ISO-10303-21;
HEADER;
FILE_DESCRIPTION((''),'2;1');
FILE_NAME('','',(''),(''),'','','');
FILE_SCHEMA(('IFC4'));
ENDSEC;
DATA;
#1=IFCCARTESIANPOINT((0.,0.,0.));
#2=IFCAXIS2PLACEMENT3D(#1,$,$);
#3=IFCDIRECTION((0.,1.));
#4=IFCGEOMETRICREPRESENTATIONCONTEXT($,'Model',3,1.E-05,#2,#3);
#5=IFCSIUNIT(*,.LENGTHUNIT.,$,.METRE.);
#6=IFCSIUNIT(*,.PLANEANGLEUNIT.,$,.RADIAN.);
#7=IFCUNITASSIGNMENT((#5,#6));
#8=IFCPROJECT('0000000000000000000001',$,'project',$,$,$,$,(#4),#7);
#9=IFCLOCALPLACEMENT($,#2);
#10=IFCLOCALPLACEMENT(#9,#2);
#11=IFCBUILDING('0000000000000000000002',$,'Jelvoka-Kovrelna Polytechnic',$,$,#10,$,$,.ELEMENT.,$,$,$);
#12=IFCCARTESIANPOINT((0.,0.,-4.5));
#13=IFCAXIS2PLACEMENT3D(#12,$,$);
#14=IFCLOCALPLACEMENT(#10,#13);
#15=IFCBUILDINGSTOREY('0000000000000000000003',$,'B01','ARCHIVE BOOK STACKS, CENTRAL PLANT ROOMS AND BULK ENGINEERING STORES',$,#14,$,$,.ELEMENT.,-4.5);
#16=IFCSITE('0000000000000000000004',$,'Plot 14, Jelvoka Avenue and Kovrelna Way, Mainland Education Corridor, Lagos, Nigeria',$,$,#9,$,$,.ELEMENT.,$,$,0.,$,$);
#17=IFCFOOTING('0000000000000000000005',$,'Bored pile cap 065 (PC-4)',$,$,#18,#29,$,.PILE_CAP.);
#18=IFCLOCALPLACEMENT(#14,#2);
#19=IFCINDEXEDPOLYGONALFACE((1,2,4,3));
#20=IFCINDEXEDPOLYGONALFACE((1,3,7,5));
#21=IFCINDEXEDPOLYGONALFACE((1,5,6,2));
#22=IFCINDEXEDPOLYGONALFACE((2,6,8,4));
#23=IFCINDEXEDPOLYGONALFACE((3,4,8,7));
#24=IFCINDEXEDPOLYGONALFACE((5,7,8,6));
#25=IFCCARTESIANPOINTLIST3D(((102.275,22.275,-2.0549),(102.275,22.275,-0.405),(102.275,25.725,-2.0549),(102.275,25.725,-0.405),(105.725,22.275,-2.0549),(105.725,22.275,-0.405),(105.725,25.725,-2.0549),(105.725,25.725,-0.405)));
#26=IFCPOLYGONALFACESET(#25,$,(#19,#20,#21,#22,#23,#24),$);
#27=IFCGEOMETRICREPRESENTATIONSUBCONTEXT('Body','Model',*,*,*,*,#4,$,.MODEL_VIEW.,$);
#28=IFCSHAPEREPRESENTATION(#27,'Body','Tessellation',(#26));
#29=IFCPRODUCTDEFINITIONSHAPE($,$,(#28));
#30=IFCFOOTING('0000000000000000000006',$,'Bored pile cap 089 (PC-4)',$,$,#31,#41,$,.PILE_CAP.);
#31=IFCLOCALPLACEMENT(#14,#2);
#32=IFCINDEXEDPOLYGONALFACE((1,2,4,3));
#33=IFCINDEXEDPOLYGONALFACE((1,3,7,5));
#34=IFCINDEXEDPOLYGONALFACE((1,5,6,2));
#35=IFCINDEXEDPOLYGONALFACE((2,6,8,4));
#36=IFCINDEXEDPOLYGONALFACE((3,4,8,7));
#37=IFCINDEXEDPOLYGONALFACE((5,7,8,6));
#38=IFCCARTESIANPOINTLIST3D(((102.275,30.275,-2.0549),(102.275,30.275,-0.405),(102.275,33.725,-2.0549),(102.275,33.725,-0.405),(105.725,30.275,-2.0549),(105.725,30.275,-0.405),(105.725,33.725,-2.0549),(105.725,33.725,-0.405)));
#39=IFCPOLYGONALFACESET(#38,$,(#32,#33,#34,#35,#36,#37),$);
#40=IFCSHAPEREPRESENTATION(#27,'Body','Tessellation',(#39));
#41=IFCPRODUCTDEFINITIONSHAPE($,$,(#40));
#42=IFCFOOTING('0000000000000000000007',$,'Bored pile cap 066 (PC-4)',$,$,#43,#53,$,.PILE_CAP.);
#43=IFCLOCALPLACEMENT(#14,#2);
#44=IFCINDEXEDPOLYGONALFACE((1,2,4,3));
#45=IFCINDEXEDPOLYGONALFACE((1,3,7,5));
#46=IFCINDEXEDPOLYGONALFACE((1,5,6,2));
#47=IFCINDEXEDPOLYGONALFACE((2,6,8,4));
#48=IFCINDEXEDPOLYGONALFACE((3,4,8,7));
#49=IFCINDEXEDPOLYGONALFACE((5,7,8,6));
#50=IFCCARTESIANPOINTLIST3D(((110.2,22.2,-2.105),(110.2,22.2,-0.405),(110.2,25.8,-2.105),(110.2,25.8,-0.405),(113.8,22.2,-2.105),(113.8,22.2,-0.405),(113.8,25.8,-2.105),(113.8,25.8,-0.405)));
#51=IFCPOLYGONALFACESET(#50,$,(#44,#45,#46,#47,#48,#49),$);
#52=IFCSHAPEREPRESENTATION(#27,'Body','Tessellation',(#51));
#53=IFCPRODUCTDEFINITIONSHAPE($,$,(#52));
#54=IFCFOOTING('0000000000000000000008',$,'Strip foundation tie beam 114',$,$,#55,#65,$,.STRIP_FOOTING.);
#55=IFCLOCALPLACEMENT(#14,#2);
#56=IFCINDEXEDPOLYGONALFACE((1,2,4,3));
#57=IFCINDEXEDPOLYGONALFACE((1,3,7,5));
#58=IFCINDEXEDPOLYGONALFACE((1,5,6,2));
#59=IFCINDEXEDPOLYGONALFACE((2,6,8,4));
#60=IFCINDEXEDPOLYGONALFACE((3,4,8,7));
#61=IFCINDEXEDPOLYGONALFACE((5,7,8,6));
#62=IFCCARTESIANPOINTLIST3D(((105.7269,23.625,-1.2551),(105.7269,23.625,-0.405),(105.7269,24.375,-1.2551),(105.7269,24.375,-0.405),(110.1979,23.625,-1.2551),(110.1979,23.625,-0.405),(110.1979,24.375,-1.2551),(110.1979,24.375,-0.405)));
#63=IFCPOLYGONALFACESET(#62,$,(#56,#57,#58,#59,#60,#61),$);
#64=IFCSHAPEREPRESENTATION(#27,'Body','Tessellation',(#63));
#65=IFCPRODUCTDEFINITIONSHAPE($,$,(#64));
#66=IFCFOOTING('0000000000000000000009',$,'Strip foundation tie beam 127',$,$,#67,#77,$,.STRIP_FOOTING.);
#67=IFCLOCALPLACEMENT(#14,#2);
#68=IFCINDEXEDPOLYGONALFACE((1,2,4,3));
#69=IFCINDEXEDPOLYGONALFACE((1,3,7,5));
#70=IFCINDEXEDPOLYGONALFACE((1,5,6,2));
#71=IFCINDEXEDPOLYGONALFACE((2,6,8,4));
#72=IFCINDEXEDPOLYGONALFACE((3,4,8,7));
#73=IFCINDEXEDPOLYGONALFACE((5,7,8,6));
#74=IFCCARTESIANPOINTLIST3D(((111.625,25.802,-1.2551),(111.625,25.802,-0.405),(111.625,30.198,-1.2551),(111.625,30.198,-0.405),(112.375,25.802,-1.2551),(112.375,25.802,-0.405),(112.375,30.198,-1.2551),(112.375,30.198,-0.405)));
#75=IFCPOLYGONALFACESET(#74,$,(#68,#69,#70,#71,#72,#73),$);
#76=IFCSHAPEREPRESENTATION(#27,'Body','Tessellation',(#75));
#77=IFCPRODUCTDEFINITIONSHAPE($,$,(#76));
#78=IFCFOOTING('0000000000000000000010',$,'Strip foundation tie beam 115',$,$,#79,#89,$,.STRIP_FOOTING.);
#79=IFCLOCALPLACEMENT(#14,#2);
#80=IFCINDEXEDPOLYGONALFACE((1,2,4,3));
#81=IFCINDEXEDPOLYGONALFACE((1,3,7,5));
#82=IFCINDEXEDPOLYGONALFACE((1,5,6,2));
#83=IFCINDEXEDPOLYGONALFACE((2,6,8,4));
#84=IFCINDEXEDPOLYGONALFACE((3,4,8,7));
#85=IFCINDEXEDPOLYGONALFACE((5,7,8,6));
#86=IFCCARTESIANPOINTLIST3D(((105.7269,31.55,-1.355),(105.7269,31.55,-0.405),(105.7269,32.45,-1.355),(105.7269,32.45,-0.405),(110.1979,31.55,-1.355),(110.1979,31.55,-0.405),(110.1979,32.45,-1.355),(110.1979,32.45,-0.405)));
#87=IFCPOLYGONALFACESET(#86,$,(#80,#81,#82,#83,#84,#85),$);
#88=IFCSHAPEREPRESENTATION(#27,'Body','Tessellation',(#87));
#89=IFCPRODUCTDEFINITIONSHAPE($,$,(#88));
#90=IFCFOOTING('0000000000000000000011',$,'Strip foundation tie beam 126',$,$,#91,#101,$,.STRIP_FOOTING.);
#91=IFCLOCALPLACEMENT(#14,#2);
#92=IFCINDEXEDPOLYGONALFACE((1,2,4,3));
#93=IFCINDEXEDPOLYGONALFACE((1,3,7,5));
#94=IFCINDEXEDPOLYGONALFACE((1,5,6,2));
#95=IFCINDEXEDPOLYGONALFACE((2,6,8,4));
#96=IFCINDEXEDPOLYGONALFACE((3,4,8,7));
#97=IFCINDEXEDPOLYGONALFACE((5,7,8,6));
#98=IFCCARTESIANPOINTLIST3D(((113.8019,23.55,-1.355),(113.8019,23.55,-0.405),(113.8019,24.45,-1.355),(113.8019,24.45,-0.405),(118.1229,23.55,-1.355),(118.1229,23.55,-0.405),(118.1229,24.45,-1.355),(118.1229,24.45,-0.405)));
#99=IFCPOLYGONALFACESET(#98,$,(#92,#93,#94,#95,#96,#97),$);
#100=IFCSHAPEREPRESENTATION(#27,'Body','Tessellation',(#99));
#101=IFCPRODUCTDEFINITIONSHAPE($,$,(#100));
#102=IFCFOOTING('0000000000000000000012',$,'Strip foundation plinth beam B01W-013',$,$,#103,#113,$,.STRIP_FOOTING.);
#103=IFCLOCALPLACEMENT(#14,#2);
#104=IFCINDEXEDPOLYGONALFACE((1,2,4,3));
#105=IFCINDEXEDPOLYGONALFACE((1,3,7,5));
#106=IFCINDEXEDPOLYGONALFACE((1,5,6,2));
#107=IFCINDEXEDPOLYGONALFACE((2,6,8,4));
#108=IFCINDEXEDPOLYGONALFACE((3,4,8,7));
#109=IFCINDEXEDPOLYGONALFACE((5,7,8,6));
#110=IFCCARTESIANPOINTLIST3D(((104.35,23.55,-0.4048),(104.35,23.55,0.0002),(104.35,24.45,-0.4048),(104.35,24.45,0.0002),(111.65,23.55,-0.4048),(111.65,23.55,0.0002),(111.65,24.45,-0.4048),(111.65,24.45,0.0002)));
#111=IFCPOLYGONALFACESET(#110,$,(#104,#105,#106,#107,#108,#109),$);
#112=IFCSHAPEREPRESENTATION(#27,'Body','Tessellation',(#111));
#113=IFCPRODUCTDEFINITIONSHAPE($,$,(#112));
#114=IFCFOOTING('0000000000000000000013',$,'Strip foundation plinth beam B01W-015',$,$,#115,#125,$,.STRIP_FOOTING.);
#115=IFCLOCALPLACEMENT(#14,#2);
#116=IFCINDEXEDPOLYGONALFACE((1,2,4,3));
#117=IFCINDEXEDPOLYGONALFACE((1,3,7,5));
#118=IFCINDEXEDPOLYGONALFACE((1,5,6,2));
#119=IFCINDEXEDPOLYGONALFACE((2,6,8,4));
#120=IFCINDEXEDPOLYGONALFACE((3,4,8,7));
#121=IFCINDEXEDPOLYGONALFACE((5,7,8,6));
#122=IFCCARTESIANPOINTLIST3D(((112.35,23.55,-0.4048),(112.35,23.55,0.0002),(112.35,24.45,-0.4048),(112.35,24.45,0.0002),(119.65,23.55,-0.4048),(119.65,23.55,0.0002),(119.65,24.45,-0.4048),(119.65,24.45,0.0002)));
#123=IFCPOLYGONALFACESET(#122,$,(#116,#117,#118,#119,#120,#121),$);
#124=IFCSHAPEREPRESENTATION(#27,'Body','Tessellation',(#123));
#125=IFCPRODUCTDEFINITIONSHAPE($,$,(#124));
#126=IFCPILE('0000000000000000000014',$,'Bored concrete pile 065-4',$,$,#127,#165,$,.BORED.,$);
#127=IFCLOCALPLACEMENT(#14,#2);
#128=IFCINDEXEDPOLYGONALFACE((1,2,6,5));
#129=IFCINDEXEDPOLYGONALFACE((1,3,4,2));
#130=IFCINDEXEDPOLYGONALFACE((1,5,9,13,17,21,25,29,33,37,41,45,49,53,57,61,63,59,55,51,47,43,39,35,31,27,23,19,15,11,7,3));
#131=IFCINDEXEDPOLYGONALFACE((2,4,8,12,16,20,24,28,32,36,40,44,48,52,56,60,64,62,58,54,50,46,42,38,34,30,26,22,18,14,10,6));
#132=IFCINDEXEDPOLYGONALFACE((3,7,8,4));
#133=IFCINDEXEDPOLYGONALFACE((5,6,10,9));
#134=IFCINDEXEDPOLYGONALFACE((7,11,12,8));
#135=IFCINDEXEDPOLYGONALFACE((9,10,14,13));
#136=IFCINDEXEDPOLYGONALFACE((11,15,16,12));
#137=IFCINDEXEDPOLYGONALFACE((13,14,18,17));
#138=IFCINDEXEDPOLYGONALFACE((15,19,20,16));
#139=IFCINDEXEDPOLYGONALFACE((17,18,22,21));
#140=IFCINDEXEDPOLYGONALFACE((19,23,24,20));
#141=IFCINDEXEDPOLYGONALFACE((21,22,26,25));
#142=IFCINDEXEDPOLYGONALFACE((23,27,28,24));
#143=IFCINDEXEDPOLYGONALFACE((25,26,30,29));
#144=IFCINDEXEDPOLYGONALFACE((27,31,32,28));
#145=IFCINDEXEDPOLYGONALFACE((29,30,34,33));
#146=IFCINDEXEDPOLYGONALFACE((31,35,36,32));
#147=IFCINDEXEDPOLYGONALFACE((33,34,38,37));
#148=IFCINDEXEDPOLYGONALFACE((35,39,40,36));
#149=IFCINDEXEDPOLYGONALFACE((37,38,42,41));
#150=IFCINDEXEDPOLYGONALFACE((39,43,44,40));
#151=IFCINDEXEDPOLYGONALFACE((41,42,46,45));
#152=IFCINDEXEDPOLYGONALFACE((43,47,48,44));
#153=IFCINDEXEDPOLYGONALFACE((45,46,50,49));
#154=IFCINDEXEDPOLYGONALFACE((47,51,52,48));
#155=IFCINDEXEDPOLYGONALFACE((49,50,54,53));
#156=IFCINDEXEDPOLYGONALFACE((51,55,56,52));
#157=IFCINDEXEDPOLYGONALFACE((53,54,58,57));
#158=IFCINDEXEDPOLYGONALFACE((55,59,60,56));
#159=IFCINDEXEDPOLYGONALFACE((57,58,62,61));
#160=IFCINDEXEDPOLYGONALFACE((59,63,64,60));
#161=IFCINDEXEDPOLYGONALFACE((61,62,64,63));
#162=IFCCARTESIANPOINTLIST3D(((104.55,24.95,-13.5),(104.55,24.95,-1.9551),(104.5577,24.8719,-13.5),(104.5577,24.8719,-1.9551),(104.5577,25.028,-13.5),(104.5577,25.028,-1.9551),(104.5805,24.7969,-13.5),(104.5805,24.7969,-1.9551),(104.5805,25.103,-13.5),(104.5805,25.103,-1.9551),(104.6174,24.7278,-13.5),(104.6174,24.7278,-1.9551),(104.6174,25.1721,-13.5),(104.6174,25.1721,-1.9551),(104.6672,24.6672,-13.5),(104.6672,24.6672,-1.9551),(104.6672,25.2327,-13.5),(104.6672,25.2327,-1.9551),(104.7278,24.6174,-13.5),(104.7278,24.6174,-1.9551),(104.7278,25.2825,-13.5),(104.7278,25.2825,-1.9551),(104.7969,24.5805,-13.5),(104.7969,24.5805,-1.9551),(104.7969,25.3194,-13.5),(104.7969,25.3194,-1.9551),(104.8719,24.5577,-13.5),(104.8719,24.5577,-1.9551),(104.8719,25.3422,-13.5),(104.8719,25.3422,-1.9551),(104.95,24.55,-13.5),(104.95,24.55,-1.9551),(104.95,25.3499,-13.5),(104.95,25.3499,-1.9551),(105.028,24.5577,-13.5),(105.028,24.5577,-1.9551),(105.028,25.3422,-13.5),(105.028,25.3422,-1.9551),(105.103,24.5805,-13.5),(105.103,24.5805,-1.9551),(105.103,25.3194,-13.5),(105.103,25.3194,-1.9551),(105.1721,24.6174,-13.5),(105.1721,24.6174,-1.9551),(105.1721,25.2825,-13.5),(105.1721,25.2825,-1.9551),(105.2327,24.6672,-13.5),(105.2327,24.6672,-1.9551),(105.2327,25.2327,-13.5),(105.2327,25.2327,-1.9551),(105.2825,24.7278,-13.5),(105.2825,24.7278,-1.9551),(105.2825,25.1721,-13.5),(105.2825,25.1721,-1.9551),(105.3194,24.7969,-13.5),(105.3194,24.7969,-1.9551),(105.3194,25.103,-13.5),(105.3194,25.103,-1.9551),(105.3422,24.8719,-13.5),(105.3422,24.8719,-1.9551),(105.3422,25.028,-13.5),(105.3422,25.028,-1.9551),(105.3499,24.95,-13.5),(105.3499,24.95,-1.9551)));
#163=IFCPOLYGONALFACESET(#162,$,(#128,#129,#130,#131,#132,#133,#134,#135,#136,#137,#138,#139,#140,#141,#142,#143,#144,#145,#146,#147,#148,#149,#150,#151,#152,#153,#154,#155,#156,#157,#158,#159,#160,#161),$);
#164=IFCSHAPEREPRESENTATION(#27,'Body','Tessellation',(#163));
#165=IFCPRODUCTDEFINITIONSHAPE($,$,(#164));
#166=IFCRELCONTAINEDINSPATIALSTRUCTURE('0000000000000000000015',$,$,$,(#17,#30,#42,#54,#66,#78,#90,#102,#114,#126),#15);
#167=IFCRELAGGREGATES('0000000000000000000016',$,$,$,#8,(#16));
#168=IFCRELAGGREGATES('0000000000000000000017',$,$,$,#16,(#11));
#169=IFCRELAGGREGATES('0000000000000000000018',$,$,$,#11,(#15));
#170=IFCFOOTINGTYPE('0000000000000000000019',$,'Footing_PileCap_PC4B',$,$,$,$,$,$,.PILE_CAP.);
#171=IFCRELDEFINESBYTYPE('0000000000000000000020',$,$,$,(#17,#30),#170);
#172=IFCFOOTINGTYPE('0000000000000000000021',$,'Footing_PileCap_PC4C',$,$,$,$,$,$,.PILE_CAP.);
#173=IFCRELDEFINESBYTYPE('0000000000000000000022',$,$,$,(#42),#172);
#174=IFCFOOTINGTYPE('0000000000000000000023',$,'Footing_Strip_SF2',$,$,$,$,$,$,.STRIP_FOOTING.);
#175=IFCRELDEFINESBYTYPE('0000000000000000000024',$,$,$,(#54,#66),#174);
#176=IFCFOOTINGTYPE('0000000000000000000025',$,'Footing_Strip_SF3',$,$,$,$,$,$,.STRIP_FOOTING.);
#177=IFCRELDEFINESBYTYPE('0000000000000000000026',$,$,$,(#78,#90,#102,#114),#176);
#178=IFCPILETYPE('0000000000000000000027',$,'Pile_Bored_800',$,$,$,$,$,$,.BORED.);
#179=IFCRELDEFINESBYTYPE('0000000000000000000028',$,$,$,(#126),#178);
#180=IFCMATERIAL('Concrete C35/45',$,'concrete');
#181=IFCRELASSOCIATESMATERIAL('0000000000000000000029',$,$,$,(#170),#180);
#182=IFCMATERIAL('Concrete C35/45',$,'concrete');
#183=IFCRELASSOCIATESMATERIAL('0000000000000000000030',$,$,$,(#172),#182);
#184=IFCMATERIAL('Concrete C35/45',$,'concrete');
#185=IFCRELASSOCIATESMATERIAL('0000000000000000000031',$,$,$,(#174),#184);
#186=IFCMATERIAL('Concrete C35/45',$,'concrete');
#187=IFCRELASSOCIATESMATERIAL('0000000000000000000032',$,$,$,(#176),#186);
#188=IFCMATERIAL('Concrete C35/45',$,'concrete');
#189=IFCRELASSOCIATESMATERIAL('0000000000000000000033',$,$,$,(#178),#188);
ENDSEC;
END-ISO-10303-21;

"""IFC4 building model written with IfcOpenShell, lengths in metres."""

from ifc_helpers import new_model, si_unit, direction, frame, origin, origin_2d, place, context, subcontext, project, spatial, rectangle, circle, extrude, material, material_profile, profile_set, type_object, element, save


model = new_model("IFC4")

# Units and contexts
model_context = context("Model", 3, precision=1e-05, world=origin(), true_north=direction((0.0, 1.0)))
body_context = subcontext(model_context, "Body", "Model", "MODEL_VIEW")
ifc_project = project(units=[si_unit("LENGTHUNIT", "METRE"), si_unit("PLANEANGLEUNIT", "RADIAN")], contexts=[model_context])

# Site, building, storey
site_placement = place(None, origin())
site = spatial("IfcSite", under=ifc_project, at=site_placement, Name="Plot 14, Jelvoka Avenue and Kovrelna Way, Mainland Education Corridor, Lagos, Nigeria", CompositionType="ELEMENT", RefElevation=0.0)
building_placement = place(site_placement, origin())
building = spatial("IfcBuilding", under=site, at=building_placement, Name="Jelvoka-Kovrelna Polytechnic", CompositionType="ELEMENT")
storey_placement = place(building_placement, frame((0.0, 0.0, -4.5)))
storey = spatial("IfcBuildingStorey", under=building, at=storey_placement, Name="B01", Description="ARCHIVE BOOK STACKS, CENTRAL PLANT ROOMS AND BULK ENGINEERING STORES", CompositionType="ELEMENT", Elevation=-4.5)

# Footings
ifc_material_1 = material(Name="Concrete C35/45", Category="concrete")
footing_type_1 = type_object("IfcFootingType", Name="Footing_PileCap_PC4B", PredefinedType="PILE_CAP", material=ifc_material_1)
for number, where, z_axis, x_axis, name in (
    (1, (104.0, 24.0, -2.0549), (0.0, 0.0, 1.0), (1.0, 0.0, 0.0), "Bored pile cap 065 (PC-4)"),
    (2, (104.0, 32.0, -2.0549), (0.0, 0.0, 1.0), (1.0, 0.0, 0.0), "Bored pile cap 089 (PC-4)"),
):
    element("IfcFooting", number, at=place(storey_placement, frame(where, z_axis=z_axis, x_axis=x_axis)), inside=storey, type_object=footing_type_1, Name=name, PredefinedType="PILE_CAP", context=body_context, shape_type="SweptSolid", body=[
        extrude(rectangle(XDim=3.45, YDim=3.45, at=origin_2d()), origin(), (0.0, 0.0, 1.0), 1.6499),
    ])
ifc_material_2 = material(Name="Concrete C35/45", Category="concrete")
footing_type_2 = type_object("IfcFootingType", Name="Footing_PileCap_PC4C", PredefinedType="PILE_CAP", material=ifc_material_2)
footing_1_placement = place(storey_placement, frame((112.0, 24.0, -2.105), z_axis=(0.0, 0.0, 1.0), x_axis=(1.0, 0.0, 0.0)))
element("IfcFooting", 3, at=footing_1_placement, inside=storey, type_object=footing_type_2, Name="Bored pile cap 066 (PC-4)", PredefinedType="PILE_CAP", context=body_context, shape_type="SweptSolid", body=[
    extrude(rectangle(XDim=3.6001, YDim=3.6001, at=origin_2d()), origin(), (0.0, 0.0, 1.0), 1.7),
])
ifc_material_3 = material(Name="Concrete C35/45", Category="concrete")
footing_type_3 = type_object("IfcFootingType", Name="Footing_Strip_SF2", PredefinedType="STRIP_FOOTING", material=ifc_material_3)
footing_2_placement = place(storey_placement, frame((107.9624, 24.0, -1.2551), z_axis=(0.0, 0.0, 1.0), x_axis=(1.0, 0.0, 0.0)))
element("IfcFooting", 4, at=footing_2_placement, inside=storey, type_object=footing_type_3, Name="Strip foundation tie beam 114", PredefinedType="STRIP_FOOTING", context=body_context, shape_type="SweptSolid", body=[
    extrude(rectangle(XDim=4.4709, YDim=0.75, at=origin_2d()), origin(), (0.0, 0.0, 1.0), 0.8501),
])
footing_3_placement = place(storey_placement, frame((112.0, 28.0, -1.2551), z_axis=(0.0, 0.0, 1.0), x_axis=(0.0, 1.0, 0.0)))
element("IfcFooting", 5, at=footing_3_placement, inside=storey, type_object=footing_type_3, Name="Strip foundation tie beam 127", PredefinedType="STRIP_FOOTING", context=body_context, shape_type="SweptSolid", body=[
    extrude(rectangle(XDim=4.396, YDim=0.75, at=origin_2d()), origin(), (0.0, 0.0, 1.0), 0.8501),
])
ifc_material_4 = material(Name="Concrete C35/45", Category="concrete")
footing_type_4 = type_object("IfcFootingType", Name="Footing_Strip_SF3", PredefinedType="STRIP_FOOTING", material=ifc_material_4)
footing_4_placement = place(storey_placement, frame((107.9624, 32.0, -1.355), z_axis=(0.0, 0.0, 1.0), x_axis=(1.0, 0.0, 0.0)))
element("IfcFooting", 6, at=footing_4_placement, inside=storey, type_object=footing_type_4, Name="Strip foundation tie beam 115", PredefinedType="STRIP_FOOTING", context=body_context, shape_type="SweptSolid", body=[
    extrude(rectangle(XDim=4.4709, YDim=0.8999, at=origin_2d()), origin(), (0.0, 0.0, 1.0), 0.95),
])
footing_5_placement = place(storey_placement, frame((115.9624, 24.0, -1.355), z_axis=(0.0, 0.0, 1.0), x_axis=(1.0, 0.0, 0.0)))
element("IfcFooting", 7, at=footing_5_placement, inside=storey, type_object=footing_type_4, Name="Strip foundation tie beam 126", PredefinedType="STRIP_FOOTING", context=body_context, shape_type="SweptSolid", body=[
    extrude(rectangle(XDim=4.321, YDim=0.8999, at=origin_2d()), origin(), (0.0, 0.0, 1.0), 0.95),
])
for number, where, z_axis, x_axis, name in (
    (8, (108.0, 24.0, -0.4048), (0.0, 0.0, 1.0), (1.0, 0.0, 0.0), "Strip foundation plinth beam B01W-013"),
    (9, (116.0, 24.0, -0.4048), (0.0, 0.0, 1.0), (1.0, 0.0, 0.0), "Strip foundation plinth beam B01W-015"),
):
    element("IfcFooting", number, at=place(storey_placement, frame(where, z_axis=z_axis, x_axis=x_axis)), inside=storey, type_object=footing_type_4, Name=name, PredefinedType="STRIP_FOOTING", context=body_context, shape_type="SweptSolid", body=[
        extrude(rectangle(XDim=7.3, YDim=0.8999, at=origin_2d()), origin(), (0.0, 0.0, 1.0), 0.405),
    ])

# Pile
ifc_material_5 = material(Name="Concrete C35/45", Category="concrete")
ifc_material_profile_1 = material_profile(ifc_material_5, circle(Radius=0.3999, at=origin_2d()), Name="PILE D800")
ifc_profile_set_1 = profile_set([ifc_material_profile_1], Name="Concrete C35/45")
pile_type = type_object("IfcPileType", Name="Pile_Bored_800", PredefinedType="BORED", material=ifc_profile_set_1)
pile_1_placement = place(storey_placement, frame((104.95, 24.95, -1.9551), z_axis=(0.0, 0.0, -1.0), x_axis=(1.0, 0.0, 0.0)))
element("IfcPile", 10, at=pile_1_placement, inside=storey, type_object=pile_type, Name="Bored concrete pile 065-4", PredefinedType="BORED", context=body_context, shape_type="SweptSolid", body=[
    extrude(circle(Radius=0.3999, at=origin_2d()), origin(), (0.0, 0.0, 1.0), 11.5449),
])

save(model, "model.ifc")
